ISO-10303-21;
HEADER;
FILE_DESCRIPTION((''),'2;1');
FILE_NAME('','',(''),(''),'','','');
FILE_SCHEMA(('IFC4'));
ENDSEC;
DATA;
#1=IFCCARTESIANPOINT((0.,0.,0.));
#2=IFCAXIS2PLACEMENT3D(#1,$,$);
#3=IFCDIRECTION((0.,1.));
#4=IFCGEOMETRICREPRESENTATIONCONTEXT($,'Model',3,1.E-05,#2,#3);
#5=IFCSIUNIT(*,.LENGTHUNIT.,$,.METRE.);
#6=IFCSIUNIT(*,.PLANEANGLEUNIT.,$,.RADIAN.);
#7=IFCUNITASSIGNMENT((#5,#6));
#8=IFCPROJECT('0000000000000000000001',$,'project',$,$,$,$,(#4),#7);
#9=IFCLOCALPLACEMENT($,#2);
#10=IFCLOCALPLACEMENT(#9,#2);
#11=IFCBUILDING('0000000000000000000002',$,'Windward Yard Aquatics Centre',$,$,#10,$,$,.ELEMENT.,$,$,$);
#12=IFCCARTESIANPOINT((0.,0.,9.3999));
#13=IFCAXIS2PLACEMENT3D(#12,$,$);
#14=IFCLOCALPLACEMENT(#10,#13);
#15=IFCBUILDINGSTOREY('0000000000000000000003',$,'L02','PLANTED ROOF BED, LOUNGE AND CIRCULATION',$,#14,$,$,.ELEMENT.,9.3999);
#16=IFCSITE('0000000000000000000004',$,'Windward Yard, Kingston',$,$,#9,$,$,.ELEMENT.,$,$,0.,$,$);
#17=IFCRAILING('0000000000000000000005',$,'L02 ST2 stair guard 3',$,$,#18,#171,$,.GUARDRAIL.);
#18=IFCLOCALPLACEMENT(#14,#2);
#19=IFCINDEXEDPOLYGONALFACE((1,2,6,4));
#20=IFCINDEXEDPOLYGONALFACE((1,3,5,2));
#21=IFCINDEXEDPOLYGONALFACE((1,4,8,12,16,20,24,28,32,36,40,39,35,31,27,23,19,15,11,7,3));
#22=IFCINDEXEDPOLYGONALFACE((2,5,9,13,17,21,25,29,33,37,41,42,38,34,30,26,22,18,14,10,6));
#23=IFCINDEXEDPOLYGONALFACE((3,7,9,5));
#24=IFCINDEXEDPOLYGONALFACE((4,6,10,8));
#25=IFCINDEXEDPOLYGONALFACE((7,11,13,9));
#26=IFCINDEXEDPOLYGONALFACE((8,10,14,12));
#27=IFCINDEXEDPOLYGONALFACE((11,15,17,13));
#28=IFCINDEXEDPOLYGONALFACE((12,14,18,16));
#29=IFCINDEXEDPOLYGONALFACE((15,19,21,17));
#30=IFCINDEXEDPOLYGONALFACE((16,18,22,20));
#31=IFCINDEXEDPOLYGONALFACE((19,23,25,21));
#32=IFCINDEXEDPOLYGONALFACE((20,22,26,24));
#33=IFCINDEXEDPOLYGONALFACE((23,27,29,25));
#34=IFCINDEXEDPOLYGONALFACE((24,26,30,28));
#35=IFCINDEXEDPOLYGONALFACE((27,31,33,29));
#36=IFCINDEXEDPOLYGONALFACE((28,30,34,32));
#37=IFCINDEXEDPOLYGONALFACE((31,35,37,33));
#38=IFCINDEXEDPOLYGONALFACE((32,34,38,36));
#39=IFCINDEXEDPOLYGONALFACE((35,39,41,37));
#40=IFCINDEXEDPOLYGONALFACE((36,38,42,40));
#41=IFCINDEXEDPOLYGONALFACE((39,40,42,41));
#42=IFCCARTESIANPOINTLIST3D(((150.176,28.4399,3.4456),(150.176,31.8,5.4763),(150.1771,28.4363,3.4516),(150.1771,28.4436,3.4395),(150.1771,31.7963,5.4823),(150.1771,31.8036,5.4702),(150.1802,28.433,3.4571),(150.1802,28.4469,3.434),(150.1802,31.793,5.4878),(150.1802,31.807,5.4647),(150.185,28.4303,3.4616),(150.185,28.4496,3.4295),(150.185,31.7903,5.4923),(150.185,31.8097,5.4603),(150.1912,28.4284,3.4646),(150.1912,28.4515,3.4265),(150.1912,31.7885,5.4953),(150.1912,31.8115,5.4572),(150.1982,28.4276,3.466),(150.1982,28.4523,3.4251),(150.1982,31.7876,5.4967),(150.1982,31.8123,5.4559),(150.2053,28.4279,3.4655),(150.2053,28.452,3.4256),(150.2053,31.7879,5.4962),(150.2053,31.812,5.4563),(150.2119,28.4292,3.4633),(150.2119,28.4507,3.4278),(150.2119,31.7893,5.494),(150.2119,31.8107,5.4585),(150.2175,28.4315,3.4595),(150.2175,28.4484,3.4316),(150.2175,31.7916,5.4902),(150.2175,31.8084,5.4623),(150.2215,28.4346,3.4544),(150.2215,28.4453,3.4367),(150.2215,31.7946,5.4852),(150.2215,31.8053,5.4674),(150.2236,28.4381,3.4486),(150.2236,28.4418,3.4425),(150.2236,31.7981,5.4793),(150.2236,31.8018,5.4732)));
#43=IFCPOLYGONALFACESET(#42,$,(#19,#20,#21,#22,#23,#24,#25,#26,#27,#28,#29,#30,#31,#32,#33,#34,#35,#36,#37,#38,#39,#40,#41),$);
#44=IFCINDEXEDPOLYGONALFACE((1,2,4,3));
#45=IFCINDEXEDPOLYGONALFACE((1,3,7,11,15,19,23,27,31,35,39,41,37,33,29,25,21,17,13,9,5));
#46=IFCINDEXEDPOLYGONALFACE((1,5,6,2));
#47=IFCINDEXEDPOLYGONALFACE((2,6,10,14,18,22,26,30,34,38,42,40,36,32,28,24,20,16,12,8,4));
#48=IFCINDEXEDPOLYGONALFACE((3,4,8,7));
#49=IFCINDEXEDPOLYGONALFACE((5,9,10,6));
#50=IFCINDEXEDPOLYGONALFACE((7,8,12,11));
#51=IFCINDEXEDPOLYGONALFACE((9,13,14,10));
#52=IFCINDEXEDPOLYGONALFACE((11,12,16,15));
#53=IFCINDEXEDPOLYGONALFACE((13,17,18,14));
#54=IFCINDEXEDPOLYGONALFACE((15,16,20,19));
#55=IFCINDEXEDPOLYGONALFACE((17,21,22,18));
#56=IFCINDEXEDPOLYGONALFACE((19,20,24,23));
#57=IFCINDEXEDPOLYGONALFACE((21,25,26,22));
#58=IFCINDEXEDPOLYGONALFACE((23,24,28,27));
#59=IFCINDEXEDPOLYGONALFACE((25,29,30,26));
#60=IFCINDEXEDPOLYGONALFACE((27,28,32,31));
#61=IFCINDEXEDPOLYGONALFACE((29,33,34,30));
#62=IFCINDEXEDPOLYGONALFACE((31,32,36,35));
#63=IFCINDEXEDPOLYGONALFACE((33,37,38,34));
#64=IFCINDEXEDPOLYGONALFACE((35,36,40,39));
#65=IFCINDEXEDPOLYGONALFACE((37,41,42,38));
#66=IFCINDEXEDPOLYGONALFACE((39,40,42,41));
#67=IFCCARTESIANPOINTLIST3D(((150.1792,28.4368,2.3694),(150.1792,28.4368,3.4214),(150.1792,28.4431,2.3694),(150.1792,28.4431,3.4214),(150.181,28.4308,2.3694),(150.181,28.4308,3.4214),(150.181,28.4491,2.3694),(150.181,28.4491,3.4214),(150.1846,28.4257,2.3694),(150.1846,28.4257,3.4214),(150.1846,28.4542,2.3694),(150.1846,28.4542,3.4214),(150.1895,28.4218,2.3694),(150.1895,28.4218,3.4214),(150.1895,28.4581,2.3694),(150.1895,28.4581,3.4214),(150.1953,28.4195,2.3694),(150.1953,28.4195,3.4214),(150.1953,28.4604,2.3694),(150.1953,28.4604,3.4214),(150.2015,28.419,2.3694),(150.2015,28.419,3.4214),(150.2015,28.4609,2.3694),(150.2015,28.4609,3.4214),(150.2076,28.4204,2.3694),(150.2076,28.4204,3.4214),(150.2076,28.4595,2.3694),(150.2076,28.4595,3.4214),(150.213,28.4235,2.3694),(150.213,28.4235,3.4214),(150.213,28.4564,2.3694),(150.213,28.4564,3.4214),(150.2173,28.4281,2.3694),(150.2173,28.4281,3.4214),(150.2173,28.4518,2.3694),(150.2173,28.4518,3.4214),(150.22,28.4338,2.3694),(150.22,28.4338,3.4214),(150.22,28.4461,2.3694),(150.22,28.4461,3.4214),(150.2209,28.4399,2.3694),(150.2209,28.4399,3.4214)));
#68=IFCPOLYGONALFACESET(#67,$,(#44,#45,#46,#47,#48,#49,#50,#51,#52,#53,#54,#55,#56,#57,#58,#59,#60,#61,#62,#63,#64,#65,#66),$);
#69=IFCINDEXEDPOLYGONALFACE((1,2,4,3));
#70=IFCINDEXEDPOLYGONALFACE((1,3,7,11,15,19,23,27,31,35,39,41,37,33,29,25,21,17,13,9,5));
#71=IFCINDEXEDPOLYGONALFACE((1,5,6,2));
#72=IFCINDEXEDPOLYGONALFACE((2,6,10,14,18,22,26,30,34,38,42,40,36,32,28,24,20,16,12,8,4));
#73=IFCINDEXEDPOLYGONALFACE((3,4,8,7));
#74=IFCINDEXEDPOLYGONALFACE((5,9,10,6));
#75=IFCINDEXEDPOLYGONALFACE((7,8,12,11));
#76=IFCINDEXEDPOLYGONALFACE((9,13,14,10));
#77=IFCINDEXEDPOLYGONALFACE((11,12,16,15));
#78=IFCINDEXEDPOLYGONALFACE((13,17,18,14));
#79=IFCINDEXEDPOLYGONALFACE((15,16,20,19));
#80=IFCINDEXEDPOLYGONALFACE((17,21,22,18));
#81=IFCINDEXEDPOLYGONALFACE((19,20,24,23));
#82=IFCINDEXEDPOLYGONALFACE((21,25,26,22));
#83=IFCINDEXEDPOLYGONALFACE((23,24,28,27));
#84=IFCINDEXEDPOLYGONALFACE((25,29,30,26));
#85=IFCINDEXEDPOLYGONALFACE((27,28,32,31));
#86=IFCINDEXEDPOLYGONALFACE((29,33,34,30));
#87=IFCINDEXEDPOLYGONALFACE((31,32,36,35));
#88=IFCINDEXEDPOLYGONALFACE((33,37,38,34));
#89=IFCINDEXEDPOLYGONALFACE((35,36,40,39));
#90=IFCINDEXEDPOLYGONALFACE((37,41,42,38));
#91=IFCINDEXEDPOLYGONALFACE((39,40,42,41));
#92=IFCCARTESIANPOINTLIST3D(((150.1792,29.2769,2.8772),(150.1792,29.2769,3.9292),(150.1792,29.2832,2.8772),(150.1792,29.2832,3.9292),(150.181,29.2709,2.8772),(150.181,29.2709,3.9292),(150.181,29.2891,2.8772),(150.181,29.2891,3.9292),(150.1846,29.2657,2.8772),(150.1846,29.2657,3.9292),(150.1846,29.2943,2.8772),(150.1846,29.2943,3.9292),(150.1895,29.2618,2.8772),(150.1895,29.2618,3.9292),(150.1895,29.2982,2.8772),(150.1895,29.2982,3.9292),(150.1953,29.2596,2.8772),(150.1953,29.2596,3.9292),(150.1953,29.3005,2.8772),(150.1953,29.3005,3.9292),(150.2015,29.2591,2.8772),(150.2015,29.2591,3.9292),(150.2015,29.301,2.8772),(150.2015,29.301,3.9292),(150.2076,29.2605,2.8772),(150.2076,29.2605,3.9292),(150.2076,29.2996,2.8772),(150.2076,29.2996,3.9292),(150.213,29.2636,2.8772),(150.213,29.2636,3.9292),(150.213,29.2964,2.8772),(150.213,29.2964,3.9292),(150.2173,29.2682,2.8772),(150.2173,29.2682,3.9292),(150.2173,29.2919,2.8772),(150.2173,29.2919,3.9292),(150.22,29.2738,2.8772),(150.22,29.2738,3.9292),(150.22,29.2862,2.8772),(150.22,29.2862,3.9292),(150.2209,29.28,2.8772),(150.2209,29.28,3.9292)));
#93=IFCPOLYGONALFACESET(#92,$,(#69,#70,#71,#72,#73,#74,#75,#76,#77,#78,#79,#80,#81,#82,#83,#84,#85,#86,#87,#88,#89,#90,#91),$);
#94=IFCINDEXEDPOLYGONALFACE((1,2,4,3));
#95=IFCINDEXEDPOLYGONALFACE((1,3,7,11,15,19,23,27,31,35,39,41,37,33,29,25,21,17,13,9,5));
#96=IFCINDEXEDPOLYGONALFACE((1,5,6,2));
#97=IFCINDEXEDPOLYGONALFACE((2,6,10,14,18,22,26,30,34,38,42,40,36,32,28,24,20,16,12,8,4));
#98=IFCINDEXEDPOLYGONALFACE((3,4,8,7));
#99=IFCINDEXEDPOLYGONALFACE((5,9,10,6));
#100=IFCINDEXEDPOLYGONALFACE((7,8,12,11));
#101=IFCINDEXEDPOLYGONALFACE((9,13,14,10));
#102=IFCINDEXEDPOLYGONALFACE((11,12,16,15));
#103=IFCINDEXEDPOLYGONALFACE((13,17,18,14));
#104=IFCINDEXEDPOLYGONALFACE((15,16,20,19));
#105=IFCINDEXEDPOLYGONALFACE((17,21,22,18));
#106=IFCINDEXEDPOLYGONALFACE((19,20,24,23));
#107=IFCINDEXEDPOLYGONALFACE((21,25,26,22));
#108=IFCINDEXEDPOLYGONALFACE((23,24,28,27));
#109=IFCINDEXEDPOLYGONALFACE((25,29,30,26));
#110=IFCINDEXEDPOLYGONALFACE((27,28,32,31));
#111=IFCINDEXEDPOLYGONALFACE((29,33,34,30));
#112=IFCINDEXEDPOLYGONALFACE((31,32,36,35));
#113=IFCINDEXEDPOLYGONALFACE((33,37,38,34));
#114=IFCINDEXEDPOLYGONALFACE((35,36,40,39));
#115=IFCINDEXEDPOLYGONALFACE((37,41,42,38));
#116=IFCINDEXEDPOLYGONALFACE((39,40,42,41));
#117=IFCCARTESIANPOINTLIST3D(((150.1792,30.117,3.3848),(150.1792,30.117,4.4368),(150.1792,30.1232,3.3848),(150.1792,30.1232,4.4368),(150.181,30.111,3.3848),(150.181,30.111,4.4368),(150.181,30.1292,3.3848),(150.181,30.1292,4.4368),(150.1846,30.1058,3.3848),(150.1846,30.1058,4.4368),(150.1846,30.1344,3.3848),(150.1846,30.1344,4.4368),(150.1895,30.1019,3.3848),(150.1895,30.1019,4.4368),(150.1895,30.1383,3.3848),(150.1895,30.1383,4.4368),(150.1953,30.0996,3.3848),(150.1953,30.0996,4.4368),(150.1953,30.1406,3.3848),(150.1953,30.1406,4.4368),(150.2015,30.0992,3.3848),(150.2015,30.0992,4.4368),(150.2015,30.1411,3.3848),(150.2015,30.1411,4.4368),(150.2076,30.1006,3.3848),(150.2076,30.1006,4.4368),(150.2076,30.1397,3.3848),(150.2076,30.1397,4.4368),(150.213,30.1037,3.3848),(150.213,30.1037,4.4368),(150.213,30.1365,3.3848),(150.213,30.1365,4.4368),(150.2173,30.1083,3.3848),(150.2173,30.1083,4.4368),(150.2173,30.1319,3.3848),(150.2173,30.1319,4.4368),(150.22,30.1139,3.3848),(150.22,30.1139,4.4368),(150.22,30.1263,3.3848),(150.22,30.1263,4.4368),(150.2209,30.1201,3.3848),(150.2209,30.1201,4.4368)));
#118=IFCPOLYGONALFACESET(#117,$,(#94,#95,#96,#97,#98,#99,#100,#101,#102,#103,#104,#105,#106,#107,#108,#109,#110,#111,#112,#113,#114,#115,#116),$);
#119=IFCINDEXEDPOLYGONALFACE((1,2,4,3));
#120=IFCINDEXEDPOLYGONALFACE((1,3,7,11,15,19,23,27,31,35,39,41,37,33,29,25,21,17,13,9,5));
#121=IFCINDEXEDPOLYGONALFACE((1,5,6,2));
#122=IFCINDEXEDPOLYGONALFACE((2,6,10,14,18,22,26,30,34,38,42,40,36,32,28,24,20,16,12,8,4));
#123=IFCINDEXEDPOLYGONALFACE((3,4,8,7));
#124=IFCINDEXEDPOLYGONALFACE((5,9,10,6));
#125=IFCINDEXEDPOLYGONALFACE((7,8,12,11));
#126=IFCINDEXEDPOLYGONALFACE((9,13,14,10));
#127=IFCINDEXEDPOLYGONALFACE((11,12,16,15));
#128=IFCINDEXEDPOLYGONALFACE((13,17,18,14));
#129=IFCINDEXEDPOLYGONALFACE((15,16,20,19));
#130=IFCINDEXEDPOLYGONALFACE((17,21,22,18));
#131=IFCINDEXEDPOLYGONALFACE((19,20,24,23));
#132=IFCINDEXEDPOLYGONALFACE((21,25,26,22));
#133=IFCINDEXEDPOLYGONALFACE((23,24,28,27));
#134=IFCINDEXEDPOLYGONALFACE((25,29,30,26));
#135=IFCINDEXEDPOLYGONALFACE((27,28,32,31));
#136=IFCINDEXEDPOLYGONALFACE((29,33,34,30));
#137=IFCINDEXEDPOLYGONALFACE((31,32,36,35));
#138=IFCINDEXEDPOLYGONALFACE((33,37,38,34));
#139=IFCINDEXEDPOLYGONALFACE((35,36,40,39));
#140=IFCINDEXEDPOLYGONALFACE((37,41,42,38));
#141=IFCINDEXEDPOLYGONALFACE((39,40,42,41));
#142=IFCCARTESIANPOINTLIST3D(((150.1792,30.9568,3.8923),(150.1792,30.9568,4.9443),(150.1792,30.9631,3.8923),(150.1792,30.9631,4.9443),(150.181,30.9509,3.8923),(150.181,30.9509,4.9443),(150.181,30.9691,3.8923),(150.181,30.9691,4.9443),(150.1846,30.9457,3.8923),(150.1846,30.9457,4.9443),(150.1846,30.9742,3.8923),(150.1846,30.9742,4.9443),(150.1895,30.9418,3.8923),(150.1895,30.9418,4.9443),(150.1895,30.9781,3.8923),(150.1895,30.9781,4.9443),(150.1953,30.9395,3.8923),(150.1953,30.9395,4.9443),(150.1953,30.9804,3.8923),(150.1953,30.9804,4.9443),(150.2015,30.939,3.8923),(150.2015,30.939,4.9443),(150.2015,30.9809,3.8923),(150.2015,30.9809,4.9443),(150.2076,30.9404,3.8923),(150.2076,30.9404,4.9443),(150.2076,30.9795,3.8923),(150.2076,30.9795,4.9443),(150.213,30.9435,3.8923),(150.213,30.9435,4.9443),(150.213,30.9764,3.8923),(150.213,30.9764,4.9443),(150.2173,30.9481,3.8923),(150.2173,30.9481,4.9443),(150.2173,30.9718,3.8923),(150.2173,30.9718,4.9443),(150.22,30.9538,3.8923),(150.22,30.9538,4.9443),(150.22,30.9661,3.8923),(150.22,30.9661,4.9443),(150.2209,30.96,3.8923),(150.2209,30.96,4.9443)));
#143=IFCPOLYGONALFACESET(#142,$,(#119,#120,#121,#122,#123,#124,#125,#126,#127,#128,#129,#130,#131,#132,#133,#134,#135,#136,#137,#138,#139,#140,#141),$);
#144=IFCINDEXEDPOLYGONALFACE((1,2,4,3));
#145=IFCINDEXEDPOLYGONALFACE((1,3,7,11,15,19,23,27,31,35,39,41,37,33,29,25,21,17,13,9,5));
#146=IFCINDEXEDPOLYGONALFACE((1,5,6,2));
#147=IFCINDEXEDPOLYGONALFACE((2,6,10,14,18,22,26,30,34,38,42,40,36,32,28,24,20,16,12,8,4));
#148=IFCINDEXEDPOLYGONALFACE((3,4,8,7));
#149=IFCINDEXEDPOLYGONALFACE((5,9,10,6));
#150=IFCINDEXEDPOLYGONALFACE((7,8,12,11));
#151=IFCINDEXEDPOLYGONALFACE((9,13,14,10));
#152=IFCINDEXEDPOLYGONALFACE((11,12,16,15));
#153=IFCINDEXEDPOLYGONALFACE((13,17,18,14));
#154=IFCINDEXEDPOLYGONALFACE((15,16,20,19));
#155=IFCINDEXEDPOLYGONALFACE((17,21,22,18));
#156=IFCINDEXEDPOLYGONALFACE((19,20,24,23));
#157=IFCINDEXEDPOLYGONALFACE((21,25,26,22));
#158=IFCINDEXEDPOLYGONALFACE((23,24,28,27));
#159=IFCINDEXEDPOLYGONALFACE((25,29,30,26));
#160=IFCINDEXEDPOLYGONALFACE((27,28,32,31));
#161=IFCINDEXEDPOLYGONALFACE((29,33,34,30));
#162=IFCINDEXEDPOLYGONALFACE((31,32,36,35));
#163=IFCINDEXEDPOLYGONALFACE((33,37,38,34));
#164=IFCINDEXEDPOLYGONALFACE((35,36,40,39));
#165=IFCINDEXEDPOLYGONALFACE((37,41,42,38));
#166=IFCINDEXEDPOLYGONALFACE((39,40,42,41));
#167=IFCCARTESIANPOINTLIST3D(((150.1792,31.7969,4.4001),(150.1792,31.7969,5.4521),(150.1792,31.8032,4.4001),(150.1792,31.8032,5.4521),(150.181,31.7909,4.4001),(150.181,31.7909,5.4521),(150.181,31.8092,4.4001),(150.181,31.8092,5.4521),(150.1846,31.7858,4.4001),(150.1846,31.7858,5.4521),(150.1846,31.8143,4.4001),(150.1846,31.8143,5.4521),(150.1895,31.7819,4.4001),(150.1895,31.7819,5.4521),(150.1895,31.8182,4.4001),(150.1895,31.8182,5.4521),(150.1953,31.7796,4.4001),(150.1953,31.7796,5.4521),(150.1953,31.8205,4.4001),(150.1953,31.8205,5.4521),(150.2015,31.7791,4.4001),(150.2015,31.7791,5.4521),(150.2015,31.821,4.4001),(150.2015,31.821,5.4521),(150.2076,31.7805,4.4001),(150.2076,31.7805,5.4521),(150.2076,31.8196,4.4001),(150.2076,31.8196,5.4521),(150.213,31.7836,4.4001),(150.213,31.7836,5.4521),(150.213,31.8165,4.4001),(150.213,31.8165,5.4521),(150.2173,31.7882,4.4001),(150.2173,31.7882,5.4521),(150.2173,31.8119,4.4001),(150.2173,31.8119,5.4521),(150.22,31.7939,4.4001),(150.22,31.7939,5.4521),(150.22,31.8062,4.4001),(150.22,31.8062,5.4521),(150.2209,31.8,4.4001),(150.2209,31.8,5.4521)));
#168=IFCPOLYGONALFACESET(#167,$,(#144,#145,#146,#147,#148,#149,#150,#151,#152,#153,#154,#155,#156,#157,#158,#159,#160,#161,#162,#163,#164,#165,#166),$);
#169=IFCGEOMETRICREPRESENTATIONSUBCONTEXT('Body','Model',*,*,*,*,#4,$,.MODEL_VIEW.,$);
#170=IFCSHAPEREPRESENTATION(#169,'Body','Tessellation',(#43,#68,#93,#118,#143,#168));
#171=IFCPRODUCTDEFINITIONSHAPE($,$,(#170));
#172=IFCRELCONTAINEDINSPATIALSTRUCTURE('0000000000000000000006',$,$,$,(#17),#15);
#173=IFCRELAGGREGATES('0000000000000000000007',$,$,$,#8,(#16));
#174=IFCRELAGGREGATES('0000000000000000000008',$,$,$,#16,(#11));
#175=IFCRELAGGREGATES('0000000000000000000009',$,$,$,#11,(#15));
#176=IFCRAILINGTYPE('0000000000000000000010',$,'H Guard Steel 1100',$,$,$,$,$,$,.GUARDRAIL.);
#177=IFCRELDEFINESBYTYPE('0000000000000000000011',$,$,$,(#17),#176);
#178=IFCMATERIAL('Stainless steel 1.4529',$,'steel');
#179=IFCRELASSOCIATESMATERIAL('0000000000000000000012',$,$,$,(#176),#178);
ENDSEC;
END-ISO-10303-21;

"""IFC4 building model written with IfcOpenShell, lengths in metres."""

from ifc_helpers import new_model, si_unit, direction, frame, origin, origin_2d, place, context, subcontext, project, spatial, circle, extrude, material, type_object, element, save


model = new_model("IFC4")

# Units and contexts
model_context = context("Model", 3, precision=1e-05, world=origin(), true_north=direction((0.0, 1.0)))
body_context = subcontext(model_context, "Body", "Model", "MODEL_VIEW")
ifc_project = project(units=[si_unit("LENGTHUNIT", "METRE"), si_unit("PLANEANGLEUNIT", "RADIAN")], contexts=[model_context])

# Site, building, storey
site_placement = place(None, origin())
site = spatial("IfcSite", under=ifc_project, at=site_placement, Name="Windward Yard, Kingston", CompositionType="ELEMENT", RefElevation=0.0)
building_placement = place(site_placement, origin())
building = spatial("IfcBuilding", under=site, at=building_placement, Name="Windward Yard Aquatics Centre", CompositionType="ELEMENT")
storey_placement = place(building_placement, frame((0.0, 0.0, 9.3999)))
storey = spatial("IfcBuildingStorey", under=building, at=storey_placement, Name="L02", Description="PLANTED ROOF BED, LOUNGE AND CIRCULATION", CompositionType="ELEMENT", Elevation=9.3999)

# Railing
ifc_material_1 = material(Name="Stainless steel 1.4529", Category="steel")
railing_type_1 = type_object("IfcRailingType", Name="H Guard Steel 1100", PredefinedType="GUARDRAIL", material=ifc_material_1)
railing_1_placement = place(storey_placement, frame((150.2, 28.4399, 2.3694)))
element("IfcRailing", 1, at=railing_1_placement, inside=storey, type_object=railing_type_1, Name="L02 ST2 stair guard 3", PredefinedType="GUARDRAIL", context=body_context, shape_type="SweptSolid", body=[
    extrude(circle(Radius=0.0239, at=origin_2d()), frame((0.0, 0.0, 1.0762), z_axis=(0.0, 0.855837, 0.517246), x_axis=(-1.0, 0.0, 0.0)), (0.0, 0.0, 1.0), 3.926),
    extrude(circle(Radius=0.021, at=origin_2d()), origin(), (0.0, 0.0, 1.0), 1.052),
    extrude(circle(Radius=0.021, at=origin_2d()), frame((0.0, 0.8401, 0.5078)), (0.0, 0.0, 1.0), 1.052),
    extrude(circle(Radius=0.021, at=origin_2d()), frame((0.0, 1.6802, 1.0154)), (0.0, 0.0, 1.0), 1.052),
    extrude(circle(Radius=0.021, at=origin_2d()), frame((0.0, 2.52, 1.5229)), (0.0, 0.0, 1.0), 1.052),
    extrude(circle(Radius=0.021, at=origin_2d()), frame((0.0, 3.3601, 2.0308)), (0.0, 0.0, 1.0), 1.052),
])

save(model, "model.ifc")
